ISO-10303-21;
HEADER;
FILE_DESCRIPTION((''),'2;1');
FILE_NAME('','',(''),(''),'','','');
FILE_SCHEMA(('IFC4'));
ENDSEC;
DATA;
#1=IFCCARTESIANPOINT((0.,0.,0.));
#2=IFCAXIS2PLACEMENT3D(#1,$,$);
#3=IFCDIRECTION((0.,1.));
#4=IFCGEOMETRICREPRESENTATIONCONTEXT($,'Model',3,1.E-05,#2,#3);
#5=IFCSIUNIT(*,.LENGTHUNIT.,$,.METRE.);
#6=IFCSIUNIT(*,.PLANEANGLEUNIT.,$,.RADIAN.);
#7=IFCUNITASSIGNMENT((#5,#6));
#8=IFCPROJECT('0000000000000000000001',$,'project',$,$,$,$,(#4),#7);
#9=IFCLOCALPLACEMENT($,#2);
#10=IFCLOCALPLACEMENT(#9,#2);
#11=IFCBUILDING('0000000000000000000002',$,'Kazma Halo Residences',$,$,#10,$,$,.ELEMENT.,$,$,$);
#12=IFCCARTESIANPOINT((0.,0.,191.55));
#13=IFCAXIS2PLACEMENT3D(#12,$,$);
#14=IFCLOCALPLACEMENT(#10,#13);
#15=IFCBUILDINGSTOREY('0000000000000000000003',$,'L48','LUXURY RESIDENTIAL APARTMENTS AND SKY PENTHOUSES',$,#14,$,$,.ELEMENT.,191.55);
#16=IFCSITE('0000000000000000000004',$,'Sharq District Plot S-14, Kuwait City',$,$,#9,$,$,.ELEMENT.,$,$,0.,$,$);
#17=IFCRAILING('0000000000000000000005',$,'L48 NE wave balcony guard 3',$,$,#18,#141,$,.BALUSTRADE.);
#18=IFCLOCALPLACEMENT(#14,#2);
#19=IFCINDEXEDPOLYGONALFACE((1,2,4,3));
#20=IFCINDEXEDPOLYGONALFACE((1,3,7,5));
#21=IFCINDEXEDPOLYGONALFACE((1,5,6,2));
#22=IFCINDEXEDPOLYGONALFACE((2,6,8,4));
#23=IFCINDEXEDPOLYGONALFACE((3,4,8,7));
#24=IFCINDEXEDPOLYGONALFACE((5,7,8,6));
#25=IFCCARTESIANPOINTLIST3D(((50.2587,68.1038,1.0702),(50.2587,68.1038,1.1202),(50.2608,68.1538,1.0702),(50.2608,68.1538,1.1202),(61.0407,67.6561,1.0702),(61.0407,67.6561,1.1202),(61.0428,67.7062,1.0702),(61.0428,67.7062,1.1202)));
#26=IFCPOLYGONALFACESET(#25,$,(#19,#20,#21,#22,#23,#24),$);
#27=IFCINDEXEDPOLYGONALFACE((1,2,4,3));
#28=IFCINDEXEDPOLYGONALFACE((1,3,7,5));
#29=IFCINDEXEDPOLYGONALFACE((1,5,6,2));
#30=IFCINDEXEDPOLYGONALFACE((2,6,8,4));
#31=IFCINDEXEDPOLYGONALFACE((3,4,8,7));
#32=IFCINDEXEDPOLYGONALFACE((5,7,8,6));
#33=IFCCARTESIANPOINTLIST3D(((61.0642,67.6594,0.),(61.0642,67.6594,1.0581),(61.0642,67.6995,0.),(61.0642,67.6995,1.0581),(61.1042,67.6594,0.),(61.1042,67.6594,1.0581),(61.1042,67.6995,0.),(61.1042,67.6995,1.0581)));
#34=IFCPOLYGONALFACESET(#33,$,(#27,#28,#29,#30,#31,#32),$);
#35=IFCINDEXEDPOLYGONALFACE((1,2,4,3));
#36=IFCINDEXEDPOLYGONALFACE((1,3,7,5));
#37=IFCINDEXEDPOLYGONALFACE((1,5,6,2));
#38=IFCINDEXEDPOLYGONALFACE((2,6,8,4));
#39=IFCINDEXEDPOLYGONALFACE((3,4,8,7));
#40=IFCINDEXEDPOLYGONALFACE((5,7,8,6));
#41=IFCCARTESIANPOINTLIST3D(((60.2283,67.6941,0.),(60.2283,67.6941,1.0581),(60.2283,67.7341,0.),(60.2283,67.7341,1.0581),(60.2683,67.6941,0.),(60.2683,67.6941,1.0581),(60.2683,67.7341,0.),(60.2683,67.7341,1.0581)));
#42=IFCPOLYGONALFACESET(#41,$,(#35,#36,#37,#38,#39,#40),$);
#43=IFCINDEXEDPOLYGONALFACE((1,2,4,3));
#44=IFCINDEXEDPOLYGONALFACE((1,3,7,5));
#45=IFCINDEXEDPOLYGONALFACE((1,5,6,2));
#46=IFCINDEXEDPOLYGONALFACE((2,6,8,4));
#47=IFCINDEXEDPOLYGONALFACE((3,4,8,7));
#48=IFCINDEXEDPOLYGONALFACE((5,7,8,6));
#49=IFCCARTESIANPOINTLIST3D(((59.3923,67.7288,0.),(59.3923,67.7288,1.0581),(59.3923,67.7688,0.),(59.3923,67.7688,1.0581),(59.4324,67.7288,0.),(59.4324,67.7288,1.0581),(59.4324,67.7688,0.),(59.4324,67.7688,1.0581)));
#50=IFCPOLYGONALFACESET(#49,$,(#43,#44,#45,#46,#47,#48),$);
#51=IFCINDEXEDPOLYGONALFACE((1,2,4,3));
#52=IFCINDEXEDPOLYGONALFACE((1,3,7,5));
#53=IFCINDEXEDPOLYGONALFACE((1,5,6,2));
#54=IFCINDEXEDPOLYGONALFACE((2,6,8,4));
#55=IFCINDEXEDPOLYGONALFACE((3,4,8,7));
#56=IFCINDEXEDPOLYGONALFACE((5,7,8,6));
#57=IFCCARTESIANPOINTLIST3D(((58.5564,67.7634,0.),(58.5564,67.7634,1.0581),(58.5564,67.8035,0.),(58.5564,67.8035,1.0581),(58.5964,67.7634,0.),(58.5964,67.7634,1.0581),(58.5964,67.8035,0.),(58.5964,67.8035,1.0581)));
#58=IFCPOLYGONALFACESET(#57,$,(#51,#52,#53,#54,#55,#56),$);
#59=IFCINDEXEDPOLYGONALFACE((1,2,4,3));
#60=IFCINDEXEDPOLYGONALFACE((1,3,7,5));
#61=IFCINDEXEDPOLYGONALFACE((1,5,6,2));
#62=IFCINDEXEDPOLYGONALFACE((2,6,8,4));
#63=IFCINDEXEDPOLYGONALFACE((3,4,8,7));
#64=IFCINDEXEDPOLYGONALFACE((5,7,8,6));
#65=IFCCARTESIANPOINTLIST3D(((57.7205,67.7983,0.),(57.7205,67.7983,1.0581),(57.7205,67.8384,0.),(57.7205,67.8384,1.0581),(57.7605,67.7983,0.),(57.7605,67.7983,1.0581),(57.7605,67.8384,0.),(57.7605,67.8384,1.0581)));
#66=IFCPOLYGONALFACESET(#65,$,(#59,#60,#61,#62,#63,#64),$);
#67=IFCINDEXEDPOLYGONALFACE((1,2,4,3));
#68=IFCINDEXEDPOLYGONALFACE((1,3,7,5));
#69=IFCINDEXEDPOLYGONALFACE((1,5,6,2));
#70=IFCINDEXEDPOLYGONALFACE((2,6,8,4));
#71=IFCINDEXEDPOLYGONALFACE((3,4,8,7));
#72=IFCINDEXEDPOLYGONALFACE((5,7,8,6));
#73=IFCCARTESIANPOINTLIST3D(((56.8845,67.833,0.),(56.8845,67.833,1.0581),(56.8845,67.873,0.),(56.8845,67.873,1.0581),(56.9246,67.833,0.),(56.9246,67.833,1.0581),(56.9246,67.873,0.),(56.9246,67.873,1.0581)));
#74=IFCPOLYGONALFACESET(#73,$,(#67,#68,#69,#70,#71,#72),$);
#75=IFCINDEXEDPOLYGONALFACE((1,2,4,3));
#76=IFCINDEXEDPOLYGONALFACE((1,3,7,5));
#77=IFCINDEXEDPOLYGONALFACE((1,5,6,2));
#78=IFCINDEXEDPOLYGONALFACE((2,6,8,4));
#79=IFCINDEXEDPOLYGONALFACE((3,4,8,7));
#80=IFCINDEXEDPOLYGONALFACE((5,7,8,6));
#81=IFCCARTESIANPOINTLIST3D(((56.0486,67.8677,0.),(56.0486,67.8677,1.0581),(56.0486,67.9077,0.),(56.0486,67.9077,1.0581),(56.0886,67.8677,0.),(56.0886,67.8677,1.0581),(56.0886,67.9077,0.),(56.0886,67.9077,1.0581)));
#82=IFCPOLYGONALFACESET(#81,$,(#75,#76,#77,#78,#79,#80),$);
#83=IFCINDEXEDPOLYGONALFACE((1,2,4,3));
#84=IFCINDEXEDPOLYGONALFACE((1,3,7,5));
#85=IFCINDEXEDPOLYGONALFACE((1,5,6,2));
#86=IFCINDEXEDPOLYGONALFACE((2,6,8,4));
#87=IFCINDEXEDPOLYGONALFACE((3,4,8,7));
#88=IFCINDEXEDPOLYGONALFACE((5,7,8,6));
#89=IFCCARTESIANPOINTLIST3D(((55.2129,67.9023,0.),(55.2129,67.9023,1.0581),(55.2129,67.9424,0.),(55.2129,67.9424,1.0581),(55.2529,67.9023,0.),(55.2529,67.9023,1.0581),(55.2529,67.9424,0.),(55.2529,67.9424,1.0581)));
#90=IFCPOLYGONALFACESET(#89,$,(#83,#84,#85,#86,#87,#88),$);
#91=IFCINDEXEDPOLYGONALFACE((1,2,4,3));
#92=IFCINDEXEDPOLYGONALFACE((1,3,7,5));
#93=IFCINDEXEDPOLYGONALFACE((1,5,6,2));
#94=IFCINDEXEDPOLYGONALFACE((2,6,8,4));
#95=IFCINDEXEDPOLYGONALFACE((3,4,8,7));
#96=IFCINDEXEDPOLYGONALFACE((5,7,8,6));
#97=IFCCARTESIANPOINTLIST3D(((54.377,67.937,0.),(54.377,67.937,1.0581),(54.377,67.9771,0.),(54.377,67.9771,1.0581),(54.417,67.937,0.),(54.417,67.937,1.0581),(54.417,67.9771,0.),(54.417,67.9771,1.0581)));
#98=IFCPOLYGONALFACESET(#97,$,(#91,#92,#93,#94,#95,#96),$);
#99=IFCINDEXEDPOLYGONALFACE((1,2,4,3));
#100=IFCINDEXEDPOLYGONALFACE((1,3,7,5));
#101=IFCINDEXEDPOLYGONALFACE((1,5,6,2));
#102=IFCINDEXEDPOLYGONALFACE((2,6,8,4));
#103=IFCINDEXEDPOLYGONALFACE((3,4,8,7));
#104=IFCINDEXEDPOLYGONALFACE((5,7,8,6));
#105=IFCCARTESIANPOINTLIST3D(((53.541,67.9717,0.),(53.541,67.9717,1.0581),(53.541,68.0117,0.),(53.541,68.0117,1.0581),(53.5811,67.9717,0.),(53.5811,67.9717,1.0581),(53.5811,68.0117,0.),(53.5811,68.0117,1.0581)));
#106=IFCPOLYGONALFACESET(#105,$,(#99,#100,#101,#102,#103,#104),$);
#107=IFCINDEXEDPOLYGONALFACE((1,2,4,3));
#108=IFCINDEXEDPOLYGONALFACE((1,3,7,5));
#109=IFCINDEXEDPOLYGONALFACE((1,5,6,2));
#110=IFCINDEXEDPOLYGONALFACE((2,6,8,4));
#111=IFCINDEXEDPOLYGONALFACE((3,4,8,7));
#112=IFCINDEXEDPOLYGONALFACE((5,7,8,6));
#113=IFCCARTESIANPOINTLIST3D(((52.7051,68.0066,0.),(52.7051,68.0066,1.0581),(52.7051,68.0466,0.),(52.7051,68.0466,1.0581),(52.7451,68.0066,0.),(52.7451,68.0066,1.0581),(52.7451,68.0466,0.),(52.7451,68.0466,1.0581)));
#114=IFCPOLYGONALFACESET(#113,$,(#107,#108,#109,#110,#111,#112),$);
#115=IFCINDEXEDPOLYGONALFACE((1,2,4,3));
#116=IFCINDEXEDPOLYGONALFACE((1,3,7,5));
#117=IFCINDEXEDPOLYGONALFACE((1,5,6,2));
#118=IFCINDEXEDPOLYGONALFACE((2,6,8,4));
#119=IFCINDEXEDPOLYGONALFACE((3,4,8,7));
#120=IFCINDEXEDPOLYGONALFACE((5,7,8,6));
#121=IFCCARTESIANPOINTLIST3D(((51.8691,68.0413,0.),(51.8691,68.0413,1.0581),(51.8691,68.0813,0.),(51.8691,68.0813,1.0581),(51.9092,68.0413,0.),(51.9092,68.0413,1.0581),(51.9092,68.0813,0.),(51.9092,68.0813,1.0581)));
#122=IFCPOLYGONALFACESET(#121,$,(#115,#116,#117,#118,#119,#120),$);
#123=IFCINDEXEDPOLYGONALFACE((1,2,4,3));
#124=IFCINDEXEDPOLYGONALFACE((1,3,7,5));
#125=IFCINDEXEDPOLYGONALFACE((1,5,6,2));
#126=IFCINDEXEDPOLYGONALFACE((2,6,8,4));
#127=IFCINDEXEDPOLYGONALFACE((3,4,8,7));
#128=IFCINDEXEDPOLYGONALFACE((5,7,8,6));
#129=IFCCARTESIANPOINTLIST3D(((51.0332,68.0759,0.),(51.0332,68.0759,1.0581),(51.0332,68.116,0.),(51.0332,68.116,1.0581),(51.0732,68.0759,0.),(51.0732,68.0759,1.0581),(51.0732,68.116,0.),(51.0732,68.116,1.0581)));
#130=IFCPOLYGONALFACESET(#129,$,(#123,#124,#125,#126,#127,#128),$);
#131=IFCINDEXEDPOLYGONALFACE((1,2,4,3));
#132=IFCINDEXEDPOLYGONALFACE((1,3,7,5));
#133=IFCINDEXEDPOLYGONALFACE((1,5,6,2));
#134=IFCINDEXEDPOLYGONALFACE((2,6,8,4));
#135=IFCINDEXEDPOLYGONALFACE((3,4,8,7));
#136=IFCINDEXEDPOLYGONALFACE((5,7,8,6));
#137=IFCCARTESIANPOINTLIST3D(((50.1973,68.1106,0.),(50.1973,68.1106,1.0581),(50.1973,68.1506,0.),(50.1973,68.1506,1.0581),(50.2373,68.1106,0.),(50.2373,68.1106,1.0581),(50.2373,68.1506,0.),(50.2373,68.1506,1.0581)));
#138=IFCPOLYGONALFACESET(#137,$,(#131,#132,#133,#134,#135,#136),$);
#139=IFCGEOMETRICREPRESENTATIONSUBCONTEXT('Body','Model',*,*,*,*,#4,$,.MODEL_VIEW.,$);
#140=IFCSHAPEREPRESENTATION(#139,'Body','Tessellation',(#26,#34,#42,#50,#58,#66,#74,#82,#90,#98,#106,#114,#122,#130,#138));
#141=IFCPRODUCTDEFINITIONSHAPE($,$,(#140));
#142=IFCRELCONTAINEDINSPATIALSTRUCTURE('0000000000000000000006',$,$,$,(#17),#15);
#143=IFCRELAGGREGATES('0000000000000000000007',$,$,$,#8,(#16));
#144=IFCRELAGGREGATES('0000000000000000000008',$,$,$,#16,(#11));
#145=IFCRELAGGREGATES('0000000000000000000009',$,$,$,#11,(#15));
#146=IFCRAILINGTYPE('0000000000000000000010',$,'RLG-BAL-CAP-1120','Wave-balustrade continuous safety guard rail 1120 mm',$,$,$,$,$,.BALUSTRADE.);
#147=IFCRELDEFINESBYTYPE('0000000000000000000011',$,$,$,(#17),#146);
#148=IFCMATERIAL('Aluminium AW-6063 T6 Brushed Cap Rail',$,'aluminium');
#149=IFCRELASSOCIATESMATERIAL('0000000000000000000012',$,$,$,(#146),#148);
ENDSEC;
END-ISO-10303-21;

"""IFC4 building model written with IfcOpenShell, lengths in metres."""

from ifc_helpers import new_model, si_unit, direction, frame, origin, origin_2d, place, context, subcontext, project, spatial, rectangle, extrude, material, type_object, element, save


model = new_model("IFC4")

# Units and contexts
model_context = context("Model", 3, precision=1e-05, world=origin(), true_north=direction((0.0, 1.0)))
body_context = subcontext(model_context, "Body", "Model", "MODEL_VIEW")
ifc_project = project(units=[si_unit("LENGTHUNIT", "METRE"), si_unit("PLANEANGLEUNIT", "RADIAN")], contexts=[model_context])

# Site, building, storey
site_placement = place(None, origin())
site = spatial("IfcSite", under=ifc_project, at=site_placement, Name="Sharq District Plot S-14, Kuwait City", CompositionType="ELEMENT", RefElevation=0.0)
building_placement = place(site_placement, origin())
building = spatial("IfcBuilding", under=site, at=building_placement, Name="Kazma Halo Residences", CompositionType="ELEMENT")
storey_placement = place(building_placement, frame((0.0, 0.0, 191.55)))
storey = spatial("IfcBuildingStorey", under=building, at=storey_placement, Name="L48", Description="LUXURY RESIDENTIAL APARTMENTS AND SKY PENTHOUSES", CompositionType="ELEMENT", Elevation=191.55)

# Railing
ifc_material_1 = material(Name="Aluminium AW-6063 T6 Brushed Cap Rail", Category="aluminium")
railing_type = type_object("IfcRailingType", Name="RLG-BAL-CAP-1120", Description="Wave-balustrade continuous safety guard rail 1120 mm", PredefinedType="BALUSTRADE", material=ifc_material_1)
railing_1_placement = place(storey_placement, frame((61.0842, 67.6794, 0.0)))
element("IfcRailing", 1, at=railing_1_placement, inside=storey, type_object=railing_type, Name="L48 NE wave balcony guard 3", PredefinedType="BALUSTRADE", context=body_context, shape_type="SweptSolid", body=[
    extrude(rectangle(XDim=0.05, YDim=0.05, at=origin_2d()), frame((-0.0425, 0.0017, 1.0952), z_axis=(-0.999139, 0.041482, 0.0), x_axis=(-0.041482, -0.999139, 0.0)), (0.0, 0.0, 1.0), 10.7913),
    extrude(rectangle(XDim=0.04, YDim=0.04, at=origin_2d()), origin(), (0.0, 0.0, 1.0), 1.0581),
    extrude(rectangle(XDim=0.04, YDim=0.04, at=origin_2d()), frame((-0.8359, 0.0347, 0.0)), (0.0, 0.0, 1.0), 1.0581),
    extrude(rectangle(XDim=0.04, YDim=0.04, at=origin_2d()), frame((-1.6719, 0.0693, 0.0)), (0.0, 0.0, 1.0), 1.0581),
    extrude(rectangle(XDim=0.04, YDim=0.04, at=origin_2d()), frame((-2.5078, 0.104, 0.0)), (0.0, 0.0, 1.0), 1.0581),
    extrude(rectangle(XDim=0.04, YDim=0.04, at=origin_2d()), frame((-3.3438, 0.1389, 0.0)), (0.0, 0.0, 1.0), 1.0581),
    extrude(rectangle(XDim=0.04, YDim=0.04, at=origin_2d()), frame((-4.1797, 0.1736, 0.0)), (0.0, 0.0, 1.0), 1.0581),
    extrude(rectangle(XDim=0.04, YDim=0.04, at=origin_2d()), frame((-5.0156, 0.2083, 0.0)), (0.0, 0.0, 1.0), 1.0581),
    extrude(rectangle(XDim=0.04, YDim=0.04, at=origin_2d()), frame((-5.8513, 0.2429, 0.0)), (0.0, 0.0, 1.0), 1.0581),
    extrude(rectangle(XDim=0.04, YDim=0.04, at=origin_2d()), frame((-6.6873, 0.2776, 0.0)), (0.0, 0.0, 1.0), 1.0581),
    extrude(rectangle(XDim=0.04, YDim=0.04, at=origin_2d()), frame((-7.5232, 0.3123, 0.0)), (0.0, 0.0, 1.0), 1.0581),
    extrude(rectangle(XDim=0.04, YDim=0.04, at=origin_2d()), frame((-8.3591, 0.3472, 0.0)), (0.0, 0.0, 1.0), 1.0581),
    extrude(rectangle(XDim=0.04, YDim=0.04, at=origin_2d()), frame((-9.1951, 0.3818, 0.0)), (0.0, 0.0, 1.0), 1.0581),
    extrude(rectangle(XDim=0.04, YDim=0.04, at=origin_2d()), frame((-10.031, 0.4165, 0.0)), (0.0, 0.0, 1.0), 1.0581),
    extrude(rectangle(XDim=0.04, YDim=0.04, at=origin_2d()), frame((-10.8669, 0.4512, 0.0)), (0.0, 0.0, 1.0), 1.0581),
])

save(model, "model.ifc")
